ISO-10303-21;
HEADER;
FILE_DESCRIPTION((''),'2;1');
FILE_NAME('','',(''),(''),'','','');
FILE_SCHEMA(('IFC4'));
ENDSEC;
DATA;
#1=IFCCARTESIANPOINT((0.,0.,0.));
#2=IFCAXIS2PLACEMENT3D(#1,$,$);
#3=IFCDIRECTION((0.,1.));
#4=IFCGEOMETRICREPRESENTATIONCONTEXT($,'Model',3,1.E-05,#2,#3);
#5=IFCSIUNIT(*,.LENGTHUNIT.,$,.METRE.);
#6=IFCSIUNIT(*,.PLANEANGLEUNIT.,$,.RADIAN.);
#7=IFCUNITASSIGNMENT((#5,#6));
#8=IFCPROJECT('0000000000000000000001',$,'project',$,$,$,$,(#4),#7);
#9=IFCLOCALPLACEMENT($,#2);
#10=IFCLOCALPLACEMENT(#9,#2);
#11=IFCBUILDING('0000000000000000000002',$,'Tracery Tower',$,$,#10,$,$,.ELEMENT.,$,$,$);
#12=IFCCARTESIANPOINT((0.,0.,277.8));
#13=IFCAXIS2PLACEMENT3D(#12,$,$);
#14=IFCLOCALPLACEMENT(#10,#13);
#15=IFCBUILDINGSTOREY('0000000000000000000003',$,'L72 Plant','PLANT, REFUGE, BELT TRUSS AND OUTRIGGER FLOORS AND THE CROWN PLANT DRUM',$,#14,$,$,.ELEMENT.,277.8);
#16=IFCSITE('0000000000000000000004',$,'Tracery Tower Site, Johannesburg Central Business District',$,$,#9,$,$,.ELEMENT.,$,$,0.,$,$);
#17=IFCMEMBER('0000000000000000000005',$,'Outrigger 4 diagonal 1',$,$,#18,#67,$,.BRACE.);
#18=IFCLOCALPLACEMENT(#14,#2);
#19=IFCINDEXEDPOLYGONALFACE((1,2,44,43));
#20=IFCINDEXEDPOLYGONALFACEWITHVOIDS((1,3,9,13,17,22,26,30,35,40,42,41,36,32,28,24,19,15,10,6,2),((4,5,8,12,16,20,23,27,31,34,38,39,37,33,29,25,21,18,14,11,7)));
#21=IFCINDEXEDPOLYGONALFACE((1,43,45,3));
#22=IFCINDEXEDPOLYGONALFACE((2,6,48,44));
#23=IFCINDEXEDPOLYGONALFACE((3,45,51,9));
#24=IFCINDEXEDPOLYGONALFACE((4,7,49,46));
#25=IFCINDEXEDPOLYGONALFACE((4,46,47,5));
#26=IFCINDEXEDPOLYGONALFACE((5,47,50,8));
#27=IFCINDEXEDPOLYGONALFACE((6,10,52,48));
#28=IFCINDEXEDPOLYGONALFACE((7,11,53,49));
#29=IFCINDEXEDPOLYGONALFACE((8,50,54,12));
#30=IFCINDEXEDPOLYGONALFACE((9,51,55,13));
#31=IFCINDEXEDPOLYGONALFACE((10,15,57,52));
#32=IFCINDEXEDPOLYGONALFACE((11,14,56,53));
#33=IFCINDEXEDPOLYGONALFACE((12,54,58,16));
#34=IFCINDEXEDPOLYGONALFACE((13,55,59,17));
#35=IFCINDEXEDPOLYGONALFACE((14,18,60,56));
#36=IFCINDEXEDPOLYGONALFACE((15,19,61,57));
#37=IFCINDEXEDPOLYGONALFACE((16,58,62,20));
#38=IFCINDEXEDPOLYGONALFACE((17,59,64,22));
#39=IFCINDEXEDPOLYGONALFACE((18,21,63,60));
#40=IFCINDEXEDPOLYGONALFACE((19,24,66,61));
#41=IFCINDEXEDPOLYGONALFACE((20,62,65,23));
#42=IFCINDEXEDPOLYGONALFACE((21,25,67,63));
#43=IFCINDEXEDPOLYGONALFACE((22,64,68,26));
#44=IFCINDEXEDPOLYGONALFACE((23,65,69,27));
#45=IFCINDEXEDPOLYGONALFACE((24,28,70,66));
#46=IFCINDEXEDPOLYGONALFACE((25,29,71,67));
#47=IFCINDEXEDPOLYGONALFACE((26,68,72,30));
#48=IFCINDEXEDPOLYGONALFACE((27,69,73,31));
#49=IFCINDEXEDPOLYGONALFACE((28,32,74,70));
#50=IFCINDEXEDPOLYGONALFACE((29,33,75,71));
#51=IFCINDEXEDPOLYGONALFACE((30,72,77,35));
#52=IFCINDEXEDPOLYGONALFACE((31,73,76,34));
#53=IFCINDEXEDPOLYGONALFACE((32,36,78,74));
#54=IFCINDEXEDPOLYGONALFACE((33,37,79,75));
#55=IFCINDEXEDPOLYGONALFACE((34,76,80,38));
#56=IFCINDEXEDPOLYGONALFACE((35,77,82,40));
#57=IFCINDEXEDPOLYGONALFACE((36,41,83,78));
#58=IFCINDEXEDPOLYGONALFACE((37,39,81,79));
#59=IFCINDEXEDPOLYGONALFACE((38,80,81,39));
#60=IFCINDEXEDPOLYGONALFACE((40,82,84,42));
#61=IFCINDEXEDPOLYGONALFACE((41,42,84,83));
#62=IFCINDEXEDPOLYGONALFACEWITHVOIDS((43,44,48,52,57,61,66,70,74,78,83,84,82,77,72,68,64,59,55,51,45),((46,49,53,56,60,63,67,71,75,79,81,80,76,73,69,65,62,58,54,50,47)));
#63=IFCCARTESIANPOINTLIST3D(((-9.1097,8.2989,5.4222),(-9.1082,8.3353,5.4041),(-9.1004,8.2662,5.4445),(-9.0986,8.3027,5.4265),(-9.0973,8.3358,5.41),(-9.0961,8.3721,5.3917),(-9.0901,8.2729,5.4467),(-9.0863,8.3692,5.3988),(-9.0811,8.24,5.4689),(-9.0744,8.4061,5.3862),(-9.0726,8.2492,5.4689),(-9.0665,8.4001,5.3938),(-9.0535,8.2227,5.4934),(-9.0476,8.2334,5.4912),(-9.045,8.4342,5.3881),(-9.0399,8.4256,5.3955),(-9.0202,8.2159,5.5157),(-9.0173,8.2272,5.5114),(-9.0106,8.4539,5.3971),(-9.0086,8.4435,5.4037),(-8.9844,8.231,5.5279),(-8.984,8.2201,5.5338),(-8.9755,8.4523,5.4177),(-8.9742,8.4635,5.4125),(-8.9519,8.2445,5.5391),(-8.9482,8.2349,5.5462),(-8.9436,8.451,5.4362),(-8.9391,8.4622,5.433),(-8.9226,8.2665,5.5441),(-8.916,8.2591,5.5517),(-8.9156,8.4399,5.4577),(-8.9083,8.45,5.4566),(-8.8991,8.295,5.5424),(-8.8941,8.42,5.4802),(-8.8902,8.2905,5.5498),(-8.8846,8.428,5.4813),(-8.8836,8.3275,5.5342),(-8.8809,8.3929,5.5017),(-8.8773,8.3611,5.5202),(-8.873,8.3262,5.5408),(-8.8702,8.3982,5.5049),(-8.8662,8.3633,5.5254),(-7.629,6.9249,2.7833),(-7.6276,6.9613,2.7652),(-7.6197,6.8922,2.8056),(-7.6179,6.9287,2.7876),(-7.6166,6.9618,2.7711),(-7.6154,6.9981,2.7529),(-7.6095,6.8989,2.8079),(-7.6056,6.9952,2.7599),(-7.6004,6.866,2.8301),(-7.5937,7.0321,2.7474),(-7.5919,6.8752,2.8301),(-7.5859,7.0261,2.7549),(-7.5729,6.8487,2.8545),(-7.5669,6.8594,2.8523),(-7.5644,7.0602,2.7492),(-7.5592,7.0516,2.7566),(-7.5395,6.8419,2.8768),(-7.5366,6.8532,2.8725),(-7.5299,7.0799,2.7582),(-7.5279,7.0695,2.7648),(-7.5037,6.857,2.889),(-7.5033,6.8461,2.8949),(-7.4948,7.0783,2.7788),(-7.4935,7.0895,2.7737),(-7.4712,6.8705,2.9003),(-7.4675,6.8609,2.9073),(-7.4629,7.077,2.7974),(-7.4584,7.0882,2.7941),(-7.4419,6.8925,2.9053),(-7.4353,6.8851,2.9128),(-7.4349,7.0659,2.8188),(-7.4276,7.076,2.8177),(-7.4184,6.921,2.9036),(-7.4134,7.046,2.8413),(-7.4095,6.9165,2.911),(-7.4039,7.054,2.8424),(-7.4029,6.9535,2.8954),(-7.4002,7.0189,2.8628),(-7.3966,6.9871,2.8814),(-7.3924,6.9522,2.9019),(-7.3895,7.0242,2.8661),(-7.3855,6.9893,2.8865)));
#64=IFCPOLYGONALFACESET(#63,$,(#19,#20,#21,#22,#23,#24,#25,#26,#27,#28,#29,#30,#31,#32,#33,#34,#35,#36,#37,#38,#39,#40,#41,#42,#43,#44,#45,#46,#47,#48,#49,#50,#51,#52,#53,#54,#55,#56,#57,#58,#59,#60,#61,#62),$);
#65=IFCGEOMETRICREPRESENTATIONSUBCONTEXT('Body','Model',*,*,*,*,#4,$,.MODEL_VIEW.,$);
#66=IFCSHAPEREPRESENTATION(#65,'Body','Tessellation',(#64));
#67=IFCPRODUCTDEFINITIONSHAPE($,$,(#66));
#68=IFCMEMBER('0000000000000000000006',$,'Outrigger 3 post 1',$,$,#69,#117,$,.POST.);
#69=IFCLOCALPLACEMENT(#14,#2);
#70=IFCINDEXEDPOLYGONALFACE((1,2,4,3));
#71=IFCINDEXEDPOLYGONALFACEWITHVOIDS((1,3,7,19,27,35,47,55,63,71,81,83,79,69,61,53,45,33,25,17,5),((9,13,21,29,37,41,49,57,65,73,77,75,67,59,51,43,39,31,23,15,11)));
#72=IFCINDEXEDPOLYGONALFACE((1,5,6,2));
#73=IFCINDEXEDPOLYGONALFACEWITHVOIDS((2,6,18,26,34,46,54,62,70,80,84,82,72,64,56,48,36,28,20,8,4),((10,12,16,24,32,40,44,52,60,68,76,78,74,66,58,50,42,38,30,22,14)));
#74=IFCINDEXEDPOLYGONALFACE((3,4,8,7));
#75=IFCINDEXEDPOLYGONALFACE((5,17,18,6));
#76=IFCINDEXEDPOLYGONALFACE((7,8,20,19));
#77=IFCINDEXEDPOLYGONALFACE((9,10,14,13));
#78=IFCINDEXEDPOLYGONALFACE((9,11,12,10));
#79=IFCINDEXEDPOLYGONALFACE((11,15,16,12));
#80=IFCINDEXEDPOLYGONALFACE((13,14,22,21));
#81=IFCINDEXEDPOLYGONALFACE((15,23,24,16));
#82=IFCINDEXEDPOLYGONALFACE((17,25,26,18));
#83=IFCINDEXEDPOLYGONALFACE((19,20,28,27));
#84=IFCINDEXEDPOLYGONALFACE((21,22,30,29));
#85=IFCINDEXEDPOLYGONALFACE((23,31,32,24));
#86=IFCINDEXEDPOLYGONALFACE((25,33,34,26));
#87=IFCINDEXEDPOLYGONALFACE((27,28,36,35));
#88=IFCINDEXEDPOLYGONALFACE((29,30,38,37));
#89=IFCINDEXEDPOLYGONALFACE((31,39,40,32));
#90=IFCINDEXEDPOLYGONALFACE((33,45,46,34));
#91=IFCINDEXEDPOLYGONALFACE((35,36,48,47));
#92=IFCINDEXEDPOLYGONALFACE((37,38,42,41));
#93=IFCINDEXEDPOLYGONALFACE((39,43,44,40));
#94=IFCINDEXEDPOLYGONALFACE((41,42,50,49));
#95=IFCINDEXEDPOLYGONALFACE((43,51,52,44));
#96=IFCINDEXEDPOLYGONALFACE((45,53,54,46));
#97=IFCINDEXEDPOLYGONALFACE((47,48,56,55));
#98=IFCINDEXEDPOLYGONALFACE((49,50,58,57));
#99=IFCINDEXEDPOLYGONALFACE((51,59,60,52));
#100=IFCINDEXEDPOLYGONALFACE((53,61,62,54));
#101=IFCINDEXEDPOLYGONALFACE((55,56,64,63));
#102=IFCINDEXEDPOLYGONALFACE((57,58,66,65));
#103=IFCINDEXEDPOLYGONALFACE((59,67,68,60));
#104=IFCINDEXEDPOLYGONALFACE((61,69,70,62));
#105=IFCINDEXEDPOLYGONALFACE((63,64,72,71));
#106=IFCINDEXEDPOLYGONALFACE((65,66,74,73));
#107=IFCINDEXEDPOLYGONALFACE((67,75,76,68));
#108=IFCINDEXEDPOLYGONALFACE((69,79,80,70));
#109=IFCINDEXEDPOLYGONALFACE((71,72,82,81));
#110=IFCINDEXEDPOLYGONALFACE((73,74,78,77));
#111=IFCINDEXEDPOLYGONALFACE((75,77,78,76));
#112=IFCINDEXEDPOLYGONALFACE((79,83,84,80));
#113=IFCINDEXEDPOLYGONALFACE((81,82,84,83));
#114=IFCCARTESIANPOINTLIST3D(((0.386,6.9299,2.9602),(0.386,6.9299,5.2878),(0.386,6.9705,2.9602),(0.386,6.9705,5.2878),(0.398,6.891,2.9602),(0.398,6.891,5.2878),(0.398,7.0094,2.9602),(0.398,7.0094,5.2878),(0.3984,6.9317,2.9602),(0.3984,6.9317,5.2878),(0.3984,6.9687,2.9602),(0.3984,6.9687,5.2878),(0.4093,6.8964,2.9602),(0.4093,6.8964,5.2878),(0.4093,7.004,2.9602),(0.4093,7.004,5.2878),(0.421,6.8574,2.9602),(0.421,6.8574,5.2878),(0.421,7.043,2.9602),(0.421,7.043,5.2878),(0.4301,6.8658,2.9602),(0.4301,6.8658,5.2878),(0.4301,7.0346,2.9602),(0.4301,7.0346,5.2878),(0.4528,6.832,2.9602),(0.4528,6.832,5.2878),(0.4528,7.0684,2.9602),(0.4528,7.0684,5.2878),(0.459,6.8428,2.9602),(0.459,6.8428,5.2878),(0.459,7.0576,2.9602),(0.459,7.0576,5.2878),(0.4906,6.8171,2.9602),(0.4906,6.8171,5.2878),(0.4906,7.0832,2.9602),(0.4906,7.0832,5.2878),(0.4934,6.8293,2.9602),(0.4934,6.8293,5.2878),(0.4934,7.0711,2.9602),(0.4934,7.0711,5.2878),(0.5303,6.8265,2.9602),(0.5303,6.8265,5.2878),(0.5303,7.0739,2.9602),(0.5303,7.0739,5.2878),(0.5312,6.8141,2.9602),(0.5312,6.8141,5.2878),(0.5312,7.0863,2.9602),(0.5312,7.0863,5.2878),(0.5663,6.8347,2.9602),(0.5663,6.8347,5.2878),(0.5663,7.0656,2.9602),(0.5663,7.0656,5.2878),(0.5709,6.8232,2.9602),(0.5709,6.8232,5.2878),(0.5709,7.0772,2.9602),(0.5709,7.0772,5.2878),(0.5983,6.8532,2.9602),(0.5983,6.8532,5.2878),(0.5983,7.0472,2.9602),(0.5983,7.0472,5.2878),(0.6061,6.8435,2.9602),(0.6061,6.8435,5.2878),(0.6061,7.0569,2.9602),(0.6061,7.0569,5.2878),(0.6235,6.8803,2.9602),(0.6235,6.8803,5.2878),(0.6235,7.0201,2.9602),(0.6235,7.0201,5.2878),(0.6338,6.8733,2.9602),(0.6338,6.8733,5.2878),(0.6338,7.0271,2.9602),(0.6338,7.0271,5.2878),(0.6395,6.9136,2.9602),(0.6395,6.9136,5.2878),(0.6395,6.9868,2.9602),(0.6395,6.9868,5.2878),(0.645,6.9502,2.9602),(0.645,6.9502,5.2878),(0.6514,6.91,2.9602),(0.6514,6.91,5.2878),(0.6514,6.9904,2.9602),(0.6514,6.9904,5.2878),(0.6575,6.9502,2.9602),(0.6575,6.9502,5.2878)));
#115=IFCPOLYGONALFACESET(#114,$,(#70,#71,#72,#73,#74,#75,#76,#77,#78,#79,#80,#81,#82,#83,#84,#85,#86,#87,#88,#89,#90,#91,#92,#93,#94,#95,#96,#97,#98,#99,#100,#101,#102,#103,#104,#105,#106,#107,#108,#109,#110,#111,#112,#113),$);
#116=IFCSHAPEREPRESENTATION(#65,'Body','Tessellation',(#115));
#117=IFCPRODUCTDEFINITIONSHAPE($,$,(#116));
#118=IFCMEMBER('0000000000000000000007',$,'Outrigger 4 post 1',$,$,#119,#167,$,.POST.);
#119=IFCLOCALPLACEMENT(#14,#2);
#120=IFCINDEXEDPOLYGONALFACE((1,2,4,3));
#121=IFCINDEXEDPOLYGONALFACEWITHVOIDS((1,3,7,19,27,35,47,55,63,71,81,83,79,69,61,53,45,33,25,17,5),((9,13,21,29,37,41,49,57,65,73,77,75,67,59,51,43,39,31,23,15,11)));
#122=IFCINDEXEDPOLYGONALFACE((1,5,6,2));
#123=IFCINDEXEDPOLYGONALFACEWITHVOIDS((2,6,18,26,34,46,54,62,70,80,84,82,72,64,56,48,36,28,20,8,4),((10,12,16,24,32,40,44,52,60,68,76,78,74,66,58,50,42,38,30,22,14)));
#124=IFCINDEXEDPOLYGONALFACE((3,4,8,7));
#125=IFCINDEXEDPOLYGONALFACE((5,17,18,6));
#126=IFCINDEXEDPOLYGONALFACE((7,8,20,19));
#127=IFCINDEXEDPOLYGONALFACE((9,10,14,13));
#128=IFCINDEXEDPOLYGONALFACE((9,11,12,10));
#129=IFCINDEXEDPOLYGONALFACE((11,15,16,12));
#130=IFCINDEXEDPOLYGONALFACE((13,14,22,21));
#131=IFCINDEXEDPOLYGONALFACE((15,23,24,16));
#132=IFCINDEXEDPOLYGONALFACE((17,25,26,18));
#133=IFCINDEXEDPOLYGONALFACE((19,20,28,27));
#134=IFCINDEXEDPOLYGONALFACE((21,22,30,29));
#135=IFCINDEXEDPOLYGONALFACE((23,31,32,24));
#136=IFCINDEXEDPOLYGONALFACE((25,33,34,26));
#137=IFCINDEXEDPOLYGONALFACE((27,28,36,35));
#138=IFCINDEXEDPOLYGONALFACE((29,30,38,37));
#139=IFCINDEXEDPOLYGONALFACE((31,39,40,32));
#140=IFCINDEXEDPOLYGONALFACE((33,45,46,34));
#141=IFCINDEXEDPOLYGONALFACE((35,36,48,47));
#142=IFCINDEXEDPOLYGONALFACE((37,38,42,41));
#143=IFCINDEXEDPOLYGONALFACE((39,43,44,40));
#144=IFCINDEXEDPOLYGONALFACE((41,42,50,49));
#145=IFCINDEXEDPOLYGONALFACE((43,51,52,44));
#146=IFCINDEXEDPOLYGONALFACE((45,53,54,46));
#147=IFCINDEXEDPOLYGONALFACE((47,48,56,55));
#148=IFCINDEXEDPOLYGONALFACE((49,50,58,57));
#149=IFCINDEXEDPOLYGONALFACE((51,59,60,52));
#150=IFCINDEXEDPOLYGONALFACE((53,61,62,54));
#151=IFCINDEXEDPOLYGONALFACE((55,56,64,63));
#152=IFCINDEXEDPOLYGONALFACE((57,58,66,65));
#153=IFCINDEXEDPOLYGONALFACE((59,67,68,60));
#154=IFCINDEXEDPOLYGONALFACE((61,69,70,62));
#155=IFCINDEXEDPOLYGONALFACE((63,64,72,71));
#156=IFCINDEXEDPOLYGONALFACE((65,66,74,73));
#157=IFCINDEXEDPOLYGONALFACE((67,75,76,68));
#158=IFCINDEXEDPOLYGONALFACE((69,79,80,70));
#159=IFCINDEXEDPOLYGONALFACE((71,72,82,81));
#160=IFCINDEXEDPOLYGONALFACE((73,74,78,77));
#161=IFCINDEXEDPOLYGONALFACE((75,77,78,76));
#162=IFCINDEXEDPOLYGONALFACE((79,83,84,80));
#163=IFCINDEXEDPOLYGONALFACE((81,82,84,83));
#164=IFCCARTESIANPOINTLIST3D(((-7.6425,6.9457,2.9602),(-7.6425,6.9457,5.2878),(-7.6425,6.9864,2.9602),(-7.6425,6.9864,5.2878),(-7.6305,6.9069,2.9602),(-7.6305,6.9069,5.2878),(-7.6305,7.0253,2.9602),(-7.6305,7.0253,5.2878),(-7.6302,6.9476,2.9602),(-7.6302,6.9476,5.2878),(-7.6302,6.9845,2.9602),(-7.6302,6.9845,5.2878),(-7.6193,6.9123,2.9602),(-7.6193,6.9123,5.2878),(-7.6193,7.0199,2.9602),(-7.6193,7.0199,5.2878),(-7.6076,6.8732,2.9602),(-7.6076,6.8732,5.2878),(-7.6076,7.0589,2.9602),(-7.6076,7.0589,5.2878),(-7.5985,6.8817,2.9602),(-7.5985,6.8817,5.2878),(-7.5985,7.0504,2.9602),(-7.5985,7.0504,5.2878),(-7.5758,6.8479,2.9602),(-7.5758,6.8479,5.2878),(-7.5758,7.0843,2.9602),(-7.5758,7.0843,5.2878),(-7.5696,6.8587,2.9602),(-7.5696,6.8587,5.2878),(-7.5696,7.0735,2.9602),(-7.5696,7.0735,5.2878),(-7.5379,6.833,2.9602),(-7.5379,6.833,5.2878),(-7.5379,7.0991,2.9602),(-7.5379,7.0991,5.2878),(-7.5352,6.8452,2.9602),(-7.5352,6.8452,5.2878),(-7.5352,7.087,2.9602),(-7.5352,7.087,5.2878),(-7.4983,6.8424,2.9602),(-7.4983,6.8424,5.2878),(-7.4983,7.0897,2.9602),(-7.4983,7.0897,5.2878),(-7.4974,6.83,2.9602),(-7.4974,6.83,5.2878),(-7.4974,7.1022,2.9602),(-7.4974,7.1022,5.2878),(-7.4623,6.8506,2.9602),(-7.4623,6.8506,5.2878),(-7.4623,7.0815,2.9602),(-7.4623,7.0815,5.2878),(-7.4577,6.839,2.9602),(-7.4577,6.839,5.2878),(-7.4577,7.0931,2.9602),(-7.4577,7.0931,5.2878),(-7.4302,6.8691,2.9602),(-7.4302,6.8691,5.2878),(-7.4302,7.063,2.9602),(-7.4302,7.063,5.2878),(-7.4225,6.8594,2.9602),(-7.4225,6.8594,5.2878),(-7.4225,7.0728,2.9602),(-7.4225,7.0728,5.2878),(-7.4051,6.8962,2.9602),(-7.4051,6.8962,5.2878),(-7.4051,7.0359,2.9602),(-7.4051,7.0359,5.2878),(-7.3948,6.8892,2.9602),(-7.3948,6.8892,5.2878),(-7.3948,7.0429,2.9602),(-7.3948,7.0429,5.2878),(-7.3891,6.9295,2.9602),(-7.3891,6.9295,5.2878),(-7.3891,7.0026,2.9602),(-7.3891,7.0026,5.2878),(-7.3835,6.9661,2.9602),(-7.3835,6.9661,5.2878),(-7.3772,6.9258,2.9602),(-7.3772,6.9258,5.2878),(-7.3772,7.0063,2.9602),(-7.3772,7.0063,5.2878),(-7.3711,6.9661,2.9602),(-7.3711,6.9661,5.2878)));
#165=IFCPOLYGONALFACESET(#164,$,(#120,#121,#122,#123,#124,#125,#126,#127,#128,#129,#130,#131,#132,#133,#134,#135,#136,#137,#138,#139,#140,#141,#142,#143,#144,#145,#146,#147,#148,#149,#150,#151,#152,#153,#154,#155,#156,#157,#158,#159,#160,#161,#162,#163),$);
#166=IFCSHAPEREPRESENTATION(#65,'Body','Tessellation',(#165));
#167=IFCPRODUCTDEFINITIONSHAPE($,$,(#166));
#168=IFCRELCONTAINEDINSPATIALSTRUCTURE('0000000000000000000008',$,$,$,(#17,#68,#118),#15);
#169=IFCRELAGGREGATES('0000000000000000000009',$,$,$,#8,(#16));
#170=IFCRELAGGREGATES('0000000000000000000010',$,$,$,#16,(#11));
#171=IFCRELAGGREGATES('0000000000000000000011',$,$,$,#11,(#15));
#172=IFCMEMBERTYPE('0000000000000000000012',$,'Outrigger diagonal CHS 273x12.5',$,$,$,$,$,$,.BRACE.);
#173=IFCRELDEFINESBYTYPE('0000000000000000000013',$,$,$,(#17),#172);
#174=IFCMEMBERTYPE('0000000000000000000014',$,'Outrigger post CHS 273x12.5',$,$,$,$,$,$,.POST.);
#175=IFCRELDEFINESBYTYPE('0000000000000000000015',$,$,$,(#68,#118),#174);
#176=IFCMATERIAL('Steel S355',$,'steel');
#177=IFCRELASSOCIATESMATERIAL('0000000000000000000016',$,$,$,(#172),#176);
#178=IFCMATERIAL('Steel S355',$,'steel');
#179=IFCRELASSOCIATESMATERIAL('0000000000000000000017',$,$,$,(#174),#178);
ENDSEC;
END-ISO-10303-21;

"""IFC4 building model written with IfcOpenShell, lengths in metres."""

from ifc_helpers import new_model, si_unit, direction, frame, origin, origin_2d, place, context, subcontext, project, spatial, hollow_circle, extrude, material, material_profile, profile_set, type_object, element, save


model = new_model("IFC4")

# Units and contexts
model_context = context("Model", 3, precision=1e-05, world=origin(), true_north=direction((0.0, 1.0)))
body_context = subcontext(model_context, "Body", "Model", "MODEL_VIEW")
ifc_project = project(units=[si_unit("LENGTHUNIT", "METRE"), si_unit("PLANEANGLEUNIT", "RADIAN")], contexts=[model_context])

# Site, building, storey
site_placement = place(None, origin())
site = spatial("IfcSite", under=ifc_project, at=site_placement, Name="Tracery Tower Site, Johannesburg Central Business District", CompositionType="ELEMENT", RefElevation=0.0)
building_placement = place(site_placement, origin())
building = spatial("IfcBuilding", under=site, at=building_placement, Name="Tracery Tower", CompositionType="ELEMENT")
storey_placement = place(building_placement, frame((0.0, 0.0, 277.8)))
storey = spatial("IfcBuildingStorey", under=building, at=storey_placement, Name="L72 Plant", Description="PLANT, REFUGE, BELT TRUSS AND OUTRIGGER FLOORS AND THE CROWN PLANT DRUM", CompositionType="ELEMENT", Elevation=277.8)

# Members
ifc_material_1 = material(Name="Steel S355", Category="steel")
ifc_material_profile_1 = material_profile(ifc_material_1, hollow_circle(Radius=0.1365, WallThickness=0.0125, at=origin_2d()), Name="CHS 273x12.5")
ifc_profile_set_1 = profile_set([ifc_material_profile_1], Name="Steel S355")
member_type_1 = type_object("IfcMemberType", Name="Outrigger diagonal CHS 273x12.5", PredefinedType="BRACE", material=ifc_profile_set_1)
member_1_placement = place(storey_placement, frame((-7.5076, 6.9661, 2.8301), z_axis=(-0.445555, 0.413451, 0.794065), x_axis=(-0.680205, -0.733022, 0.0)))
element("IfcMember", 1, at=member_1_placement, inside=storey, type_object=member_type_1, Name="Outrigger 4 diagonal 1", PredefinedType="BRACE", context=body_context, shape_type="SweptSolid", body=[
    extrude(hollow_circle(Radius=0.1365, WallThickness=0.0125, at=origin_2d()), origin(), (0.0, 0.0, 1.0), 3.3232),
])
ifc_material_2 = material(Name="Steel S355", Category="steel")
ifc_material_profile_2 = material_profile(ifc_material_2, hollow_circle(Radius=0.1365, WallThickness=0.0125, at=origin_2d()), Name="CHS 273x12.5")
ifc_profile_set_2 = profile_set([ifc_material_profile_2], Name="Steel S355")
member_type_2 = type_object("IfcMemberType", Name="Outrigger post CHS 273x12.5", PredefinedType="POST", material=ifc_profile_set_2)
for number, where, z_axis, x_axis, name in (
    (2, (0.521, 6.9502, 2.9602), (0.0, 0.0, 1.0), (1.0, 0.0, 0.0), "Outrigger 3 post 1"),
    (3, (-7.5076, 6.9661, 2.9602), (0.0, 0.0, 1.0), (1.0, 0.0, 0.0), "Outrigger 4 post 1"),
):
    element("IfcMember", number, at=place(storey_placement, frame(where, z_axis=z_axis, x_axis=x_axis)), inside=storey, type_object=member_type_2, Name=name, PredefinedType="POST", context=body_context, shape_type="SweptSolid", body=[
        extrude(hollow_circle(Radius=0.1365, WallThickness=0.0125, at=origin_2d()), origin(), (0.0, 0.0, 1.0), 2.3276),
    ])

save(model, "model.ifc")
